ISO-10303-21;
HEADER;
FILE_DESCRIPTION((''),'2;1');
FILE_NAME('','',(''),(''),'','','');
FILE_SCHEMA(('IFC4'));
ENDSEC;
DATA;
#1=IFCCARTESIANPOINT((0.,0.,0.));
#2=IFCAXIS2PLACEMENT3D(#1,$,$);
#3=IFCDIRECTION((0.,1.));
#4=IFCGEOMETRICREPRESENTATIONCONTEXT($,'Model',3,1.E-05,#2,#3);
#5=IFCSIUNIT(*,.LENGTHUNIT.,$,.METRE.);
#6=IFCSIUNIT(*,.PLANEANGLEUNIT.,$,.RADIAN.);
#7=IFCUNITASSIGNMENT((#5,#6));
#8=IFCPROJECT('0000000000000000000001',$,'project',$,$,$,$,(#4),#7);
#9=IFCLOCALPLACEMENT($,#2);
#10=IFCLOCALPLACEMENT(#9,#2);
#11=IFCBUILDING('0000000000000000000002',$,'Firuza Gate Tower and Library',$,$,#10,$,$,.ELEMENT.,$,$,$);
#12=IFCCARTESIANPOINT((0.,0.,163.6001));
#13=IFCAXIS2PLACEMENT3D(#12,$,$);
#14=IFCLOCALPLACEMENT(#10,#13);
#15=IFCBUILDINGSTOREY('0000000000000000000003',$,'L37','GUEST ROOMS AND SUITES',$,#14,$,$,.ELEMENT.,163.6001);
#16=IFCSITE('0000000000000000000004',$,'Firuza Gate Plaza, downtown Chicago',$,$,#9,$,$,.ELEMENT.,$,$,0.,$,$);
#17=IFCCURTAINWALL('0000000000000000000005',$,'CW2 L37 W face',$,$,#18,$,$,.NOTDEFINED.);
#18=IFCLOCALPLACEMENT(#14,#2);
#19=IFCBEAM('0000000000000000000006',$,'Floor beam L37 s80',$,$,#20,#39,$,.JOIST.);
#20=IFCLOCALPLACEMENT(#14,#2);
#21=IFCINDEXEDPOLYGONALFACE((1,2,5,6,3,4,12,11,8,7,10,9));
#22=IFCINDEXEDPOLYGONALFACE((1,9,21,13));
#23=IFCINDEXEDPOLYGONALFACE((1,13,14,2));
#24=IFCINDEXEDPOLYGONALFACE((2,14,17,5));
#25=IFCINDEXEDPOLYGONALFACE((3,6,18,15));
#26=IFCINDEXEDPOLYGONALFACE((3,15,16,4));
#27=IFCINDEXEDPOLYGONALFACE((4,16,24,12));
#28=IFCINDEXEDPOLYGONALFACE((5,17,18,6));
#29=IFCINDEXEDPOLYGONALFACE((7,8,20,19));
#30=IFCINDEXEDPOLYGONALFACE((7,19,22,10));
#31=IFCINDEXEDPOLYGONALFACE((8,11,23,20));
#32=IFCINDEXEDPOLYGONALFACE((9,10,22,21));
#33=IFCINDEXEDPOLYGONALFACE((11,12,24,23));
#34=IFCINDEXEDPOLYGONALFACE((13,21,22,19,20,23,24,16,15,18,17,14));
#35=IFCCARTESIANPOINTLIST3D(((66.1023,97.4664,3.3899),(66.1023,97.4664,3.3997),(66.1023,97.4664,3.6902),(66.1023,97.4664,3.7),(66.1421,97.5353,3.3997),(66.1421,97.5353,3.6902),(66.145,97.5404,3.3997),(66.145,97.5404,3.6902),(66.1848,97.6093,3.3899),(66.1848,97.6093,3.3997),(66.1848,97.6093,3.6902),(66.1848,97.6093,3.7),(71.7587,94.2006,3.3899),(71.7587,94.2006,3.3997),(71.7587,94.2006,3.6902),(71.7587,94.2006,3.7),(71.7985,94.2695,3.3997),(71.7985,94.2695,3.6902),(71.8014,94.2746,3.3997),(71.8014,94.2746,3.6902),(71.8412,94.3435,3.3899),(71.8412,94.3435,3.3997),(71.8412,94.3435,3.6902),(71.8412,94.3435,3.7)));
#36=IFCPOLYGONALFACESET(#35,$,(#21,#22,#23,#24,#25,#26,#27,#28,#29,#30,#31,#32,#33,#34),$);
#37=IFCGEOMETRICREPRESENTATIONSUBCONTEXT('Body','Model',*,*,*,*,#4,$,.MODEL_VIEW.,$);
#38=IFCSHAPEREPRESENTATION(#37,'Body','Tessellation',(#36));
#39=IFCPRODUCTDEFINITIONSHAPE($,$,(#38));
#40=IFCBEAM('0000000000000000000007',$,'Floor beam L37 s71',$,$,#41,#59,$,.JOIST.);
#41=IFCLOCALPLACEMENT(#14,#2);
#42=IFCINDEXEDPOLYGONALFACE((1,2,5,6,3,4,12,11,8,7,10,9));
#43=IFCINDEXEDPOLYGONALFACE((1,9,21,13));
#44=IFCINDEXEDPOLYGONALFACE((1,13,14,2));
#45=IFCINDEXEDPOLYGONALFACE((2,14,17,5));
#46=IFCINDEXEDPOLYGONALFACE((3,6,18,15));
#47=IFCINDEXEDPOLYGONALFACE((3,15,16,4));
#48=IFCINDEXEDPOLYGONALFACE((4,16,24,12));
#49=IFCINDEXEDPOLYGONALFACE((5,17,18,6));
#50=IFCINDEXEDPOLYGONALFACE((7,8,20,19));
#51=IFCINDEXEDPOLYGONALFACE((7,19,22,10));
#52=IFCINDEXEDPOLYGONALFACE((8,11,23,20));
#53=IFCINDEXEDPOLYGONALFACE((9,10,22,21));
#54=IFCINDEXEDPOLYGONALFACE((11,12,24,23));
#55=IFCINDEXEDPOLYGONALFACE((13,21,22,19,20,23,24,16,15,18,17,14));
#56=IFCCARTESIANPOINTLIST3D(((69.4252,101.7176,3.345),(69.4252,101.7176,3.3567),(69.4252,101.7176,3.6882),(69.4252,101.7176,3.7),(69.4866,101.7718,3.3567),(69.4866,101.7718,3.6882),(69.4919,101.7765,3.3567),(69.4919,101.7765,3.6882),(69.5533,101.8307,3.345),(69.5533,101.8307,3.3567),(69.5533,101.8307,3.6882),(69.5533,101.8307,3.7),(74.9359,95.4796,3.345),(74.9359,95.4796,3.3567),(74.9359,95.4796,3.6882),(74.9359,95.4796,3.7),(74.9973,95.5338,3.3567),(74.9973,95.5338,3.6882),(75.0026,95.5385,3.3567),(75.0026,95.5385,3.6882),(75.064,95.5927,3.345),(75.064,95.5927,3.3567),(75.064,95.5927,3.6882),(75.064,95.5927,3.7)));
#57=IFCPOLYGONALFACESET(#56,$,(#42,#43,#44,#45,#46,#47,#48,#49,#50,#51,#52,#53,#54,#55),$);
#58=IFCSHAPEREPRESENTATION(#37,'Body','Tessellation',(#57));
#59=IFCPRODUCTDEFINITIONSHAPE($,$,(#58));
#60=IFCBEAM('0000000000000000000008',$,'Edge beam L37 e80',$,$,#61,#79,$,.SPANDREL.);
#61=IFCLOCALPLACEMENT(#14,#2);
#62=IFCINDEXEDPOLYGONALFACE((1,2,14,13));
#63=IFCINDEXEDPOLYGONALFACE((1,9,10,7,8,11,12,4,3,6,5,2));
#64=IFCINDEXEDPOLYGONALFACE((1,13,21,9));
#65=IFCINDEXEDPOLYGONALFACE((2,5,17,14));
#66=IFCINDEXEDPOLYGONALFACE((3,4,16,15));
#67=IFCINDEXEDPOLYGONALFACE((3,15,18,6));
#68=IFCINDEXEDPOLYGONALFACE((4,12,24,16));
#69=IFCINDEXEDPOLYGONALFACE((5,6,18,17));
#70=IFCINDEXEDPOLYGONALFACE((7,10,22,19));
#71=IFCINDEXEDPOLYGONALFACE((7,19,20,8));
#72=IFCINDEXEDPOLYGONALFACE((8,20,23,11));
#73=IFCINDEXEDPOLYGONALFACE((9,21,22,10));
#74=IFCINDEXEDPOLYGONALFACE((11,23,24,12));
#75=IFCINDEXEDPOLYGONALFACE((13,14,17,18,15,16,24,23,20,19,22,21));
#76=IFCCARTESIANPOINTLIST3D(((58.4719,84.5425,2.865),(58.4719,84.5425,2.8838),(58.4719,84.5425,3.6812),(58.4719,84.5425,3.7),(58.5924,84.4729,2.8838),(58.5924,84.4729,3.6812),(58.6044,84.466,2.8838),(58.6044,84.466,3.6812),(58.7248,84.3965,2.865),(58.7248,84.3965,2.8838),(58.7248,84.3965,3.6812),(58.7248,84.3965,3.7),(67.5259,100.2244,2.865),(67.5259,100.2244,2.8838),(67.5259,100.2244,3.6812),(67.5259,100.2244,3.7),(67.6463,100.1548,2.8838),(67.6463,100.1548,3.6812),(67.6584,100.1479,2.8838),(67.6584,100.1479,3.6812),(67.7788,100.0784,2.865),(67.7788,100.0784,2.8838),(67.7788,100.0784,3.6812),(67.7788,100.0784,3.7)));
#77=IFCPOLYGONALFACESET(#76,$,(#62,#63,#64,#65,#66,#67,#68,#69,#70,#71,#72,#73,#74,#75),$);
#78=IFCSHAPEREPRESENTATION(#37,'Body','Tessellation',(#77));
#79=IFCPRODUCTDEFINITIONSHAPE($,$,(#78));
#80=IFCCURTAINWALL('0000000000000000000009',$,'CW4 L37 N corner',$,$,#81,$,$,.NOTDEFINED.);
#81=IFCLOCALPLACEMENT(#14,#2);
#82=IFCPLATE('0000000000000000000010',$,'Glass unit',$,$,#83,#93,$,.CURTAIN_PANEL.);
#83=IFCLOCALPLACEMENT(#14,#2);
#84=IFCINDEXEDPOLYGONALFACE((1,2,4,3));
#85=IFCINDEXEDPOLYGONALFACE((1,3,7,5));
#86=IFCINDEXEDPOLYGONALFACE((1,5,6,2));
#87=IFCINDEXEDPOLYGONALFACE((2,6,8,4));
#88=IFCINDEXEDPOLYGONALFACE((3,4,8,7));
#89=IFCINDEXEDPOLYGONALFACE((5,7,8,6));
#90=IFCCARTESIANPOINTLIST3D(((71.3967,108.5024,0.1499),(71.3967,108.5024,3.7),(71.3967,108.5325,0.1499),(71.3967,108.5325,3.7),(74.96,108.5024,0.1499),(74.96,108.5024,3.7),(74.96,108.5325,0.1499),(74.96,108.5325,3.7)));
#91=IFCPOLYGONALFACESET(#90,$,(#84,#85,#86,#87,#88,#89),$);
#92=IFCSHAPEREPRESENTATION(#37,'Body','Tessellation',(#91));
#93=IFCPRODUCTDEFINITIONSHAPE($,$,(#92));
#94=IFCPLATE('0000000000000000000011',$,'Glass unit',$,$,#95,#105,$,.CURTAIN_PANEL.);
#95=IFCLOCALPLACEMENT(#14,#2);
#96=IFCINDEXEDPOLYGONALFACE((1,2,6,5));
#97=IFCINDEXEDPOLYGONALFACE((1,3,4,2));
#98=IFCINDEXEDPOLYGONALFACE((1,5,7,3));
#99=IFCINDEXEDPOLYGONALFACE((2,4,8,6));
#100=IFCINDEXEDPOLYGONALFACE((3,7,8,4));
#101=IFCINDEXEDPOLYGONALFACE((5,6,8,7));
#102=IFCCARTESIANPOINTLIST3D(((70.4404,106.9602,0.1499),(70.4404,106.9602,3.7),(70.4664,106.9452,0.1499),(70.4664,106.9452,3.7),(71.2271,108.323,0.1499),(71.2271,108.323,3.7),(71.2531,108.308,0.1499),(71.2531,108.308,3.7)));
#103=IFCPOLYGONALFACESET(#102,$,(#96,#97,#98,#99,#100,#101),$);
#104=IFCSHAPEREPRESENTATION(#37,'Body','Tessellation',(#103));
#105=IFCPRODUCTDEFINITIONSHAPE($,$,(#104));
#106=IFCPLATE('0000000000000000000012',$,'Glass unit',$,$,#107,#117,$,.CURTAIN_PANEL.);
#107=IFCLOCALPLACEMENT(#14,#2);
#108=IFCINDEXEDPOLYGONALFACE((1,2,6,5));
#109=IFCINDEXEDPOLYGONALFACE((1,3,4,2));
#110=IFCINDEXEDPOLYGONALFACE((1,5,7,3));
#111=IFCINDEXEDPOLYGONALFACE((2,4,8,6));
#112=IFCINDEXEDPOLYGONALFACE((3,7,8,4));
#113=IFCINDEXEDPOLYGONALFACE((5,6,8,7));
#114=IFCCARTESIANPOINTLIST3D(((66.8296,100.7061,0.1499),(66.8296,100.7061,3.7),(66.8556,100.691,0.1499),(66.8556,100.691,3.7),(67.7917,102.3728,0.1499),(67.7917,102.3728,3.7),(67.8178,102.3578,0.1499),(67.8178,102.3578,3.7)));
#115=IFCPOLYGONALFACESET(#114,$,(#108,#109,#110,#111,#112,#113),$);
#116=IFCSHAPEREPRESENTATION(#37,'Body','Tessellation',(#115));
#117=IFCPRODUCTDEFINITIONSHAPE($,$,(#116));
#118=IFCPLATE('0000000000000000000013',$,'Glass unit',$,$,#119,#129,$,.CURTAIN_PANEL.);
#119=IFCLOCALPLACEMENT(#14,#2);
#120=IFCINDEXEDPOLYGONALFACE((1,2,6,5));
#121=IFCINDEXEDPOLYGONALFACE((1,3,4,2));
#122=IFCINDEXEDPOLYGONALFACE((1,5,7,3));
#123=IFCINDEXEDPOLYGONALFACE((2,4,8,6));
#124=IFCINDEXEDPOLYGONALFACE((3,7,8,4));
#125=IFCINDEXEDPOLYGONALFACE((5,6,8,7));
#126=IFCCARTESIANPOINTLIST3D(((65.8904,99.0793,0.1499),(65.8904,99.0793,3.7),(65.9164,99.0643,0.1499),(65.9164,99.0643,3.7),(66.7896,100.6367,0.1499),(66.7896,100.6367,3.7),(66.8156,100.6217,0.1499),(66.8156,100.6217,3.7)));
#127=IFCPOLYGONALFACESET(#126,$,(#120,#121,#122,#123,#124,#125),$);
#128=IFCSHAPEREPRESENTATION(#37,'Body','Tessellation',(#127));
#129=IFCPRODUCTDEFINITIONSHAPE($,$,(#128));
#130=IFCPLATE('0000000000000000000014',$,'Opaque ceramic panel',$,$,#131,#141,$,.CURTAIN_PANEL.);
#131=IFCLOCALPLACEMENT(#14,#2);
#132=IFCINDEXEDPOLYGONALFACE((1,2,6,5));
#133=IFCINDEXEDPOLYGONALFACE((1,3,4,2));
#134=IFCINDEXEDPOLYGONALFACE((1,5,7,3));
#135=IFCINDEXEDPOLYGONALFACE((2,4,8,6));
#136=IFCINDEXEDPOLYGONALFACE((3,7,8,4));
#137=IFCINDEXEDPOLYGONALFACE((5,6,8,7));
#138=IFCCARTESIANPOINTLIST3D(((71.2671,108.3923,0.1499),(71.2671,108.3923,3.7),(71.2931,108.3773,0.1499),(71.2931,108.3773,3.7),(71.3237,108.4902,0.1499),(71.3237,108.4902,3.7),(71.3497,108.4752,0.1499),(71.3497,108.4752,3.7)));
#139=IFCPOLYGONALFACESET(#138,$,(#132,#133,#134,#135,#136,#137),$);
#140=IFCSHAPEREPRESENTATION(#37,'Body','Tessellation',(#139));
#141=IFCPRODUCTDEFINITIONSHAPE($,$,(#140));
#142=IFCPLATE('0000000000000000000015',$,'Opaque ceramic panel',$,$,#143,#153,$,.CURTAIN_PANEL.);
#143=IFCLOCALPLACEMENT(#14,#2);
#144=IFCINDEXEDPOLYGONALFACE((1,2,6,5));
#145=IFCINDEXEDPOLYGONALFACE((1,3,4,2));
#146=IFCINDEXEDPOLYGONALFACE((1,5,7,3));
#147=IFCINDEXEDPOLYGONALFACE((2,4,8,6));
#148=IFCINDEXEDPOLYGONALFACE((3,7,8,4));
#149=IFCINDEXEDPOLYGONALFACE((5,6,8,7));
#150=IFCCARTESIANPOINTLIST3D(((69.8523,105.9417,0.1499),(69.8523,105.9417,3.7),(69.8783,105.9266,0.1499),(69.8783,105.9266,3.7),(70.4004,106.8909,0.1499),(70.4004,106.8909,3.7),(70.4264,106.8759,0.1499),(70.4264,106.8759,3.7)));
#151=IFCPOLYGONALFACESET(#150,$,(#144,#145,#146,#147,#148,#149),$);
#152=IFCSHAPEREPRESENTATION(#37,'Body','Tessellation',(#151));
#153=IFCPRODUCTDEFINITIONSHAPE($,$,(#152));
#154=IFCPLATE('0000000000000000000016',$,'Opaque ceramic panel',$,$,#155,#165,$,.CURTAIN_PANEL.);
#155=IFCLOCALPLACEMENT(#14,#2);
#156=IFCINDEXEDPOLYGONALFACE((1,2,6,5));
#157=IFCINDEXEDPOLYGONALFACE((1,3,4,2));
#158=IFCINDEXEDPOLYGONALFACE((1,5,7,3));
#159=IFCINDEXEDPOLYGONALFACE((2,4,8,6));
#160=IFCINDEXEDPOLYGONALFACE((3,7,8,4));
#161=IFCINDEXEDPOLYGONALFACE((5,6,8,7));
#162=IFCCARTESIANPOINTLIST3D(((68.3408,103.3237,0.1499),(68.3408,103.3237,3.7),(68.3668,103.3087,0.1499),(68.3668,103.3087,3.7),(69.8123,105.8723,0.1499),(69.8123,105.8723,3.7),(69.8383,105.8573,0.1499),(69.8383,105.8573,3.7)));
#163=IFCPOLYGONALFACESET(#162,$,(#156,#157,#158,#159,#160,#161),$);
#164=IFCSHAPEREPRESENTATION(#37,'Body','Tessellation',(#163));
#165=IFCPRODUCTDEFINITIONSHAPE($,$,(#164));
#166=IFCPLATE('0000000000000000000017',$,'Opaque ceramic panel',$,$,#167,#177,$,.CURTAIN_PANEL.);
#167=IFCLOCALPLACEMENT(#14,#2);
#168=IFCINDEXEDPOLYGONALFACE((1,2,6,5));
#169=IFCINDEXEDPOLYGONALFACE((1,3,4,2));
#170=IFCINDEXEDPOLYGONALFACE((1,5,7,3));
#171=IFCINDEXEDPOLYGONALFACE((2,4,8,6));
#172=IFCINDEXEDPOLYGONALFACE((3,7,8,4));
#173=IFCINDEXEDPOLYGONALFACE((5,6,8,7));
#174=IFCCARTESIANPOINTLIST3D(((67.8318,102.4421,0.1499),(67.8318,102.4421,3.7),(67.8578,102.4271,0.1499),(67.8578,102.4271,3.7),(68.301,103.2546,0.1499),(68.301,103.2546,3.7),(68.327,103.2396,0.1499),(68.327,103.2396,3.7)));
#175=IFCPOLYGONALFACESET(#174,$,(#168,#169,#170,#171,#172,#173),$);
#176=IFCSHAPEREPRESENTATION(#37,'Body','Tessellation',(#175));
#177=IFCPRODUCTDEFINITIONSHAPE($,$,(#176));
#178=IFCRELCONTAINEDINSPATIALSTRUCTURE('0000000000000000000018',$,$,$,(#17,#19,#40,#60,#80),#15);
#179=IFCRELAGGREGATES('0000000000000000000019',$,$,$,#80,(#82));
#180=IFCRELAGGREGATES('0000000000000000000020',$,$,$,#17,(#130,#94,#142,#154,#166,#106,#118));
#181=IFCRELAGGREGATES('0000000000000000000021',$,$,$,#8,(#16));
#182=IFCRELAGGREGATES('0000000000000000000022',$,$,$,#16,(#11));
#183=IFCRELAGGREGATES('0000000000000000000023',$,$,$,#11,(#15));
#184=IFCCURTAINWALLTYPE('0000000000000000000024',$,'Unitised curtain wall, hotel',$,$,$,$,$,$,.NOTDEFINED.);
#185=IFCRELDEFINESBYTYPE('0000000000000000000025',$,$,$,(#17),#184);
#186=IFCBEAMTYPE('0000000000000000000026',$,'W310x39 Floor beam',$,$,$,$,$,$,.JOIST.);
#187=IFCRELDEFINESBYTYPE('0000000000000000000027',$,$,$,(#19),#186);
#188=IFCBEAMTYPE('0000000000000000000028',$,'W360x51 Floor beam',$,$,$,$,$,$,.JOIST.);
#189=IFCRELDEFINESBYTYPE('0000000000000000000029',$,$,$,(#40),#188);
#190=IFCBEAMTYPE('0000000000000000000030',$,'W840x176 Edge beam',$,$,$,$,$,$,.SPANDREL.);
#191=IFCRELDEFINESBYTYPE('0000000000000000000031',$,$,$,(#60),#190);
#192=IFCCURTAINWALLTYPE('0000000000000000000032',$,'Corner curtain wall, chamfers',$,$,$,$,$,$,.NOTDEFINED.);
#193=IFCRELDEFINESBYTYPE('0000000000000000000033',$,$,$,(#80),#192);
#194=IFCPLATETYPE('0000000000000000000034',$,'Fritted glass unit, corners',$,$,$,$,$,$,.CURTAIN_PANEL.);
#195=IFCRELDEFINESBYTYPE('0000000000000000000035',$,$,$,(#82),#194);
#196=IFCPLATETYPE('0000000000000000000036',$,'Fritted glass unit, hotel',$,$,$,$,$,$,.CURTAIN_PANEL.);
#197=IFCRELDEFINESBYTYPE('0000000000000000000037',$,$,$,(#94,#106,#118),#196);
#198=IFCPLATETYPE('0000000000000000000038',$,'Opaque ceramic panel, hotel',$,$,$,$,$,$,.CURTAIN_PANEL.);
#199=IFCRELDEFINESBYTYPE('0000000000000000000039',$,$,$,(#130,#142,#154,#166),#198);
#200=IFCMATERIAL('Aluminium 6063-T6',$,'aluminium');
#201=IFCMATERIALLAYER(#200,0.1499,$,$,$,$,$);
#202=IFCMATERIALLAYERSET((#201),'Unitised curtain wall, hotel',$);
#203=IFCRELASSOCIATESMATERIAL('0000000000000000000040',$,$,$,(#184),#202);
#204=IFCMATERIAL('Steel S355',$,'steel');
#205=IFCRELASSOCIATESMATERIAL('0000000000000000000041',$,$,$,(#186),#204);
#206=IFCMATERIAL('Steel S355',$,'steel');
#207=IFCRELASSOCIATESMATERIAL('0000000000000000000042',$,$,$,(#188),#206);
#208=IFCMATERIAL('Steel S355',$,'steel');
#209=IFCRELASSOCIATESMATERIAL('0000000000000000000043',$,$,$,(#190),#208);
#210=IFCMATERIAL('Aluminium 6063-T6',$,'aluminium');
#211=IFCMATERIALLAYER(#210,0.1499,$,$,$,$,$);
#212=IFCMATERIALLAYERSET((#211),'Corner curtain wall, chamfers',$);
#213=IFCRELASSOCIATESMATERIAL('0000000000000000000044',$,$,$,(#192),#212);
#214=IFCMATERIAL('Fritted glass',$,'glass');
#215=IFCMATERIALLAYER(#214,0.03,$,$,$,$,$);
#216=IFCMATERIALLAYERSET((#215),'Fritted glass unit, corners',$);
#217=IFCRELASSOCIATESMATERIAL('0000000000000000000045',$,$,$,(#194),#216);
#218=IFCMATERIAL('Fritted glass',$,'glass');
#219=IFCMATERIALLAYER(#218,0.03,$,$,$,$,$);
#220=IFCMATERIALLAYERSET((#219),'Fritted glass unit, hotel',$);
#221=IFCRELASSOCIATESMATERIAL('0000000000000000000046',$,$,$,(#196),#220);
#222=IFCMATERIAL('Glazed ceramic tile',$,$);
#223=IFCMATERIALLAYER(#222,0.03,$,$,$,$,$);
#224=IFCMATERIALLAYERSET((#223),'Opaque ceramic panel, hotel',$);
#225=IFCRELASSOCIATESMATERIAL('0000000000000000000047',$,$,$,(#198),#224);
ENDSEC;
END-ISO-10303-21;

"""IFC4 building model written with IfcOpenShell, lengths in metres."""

from ifc_helpers import new_model, si_unit, direction, frame, origin, origin_2d, place, context, subcontext, project, spatial, polyline, i_section, outline, extrude, material, layer, layer_set, material_profile, profile_set, type_object, element, aggregate, save


model = new_model("IFC4")

# Units and contexts
model_context = context("Model", 3, precision=1e-05, world=origin(), true_north=direction((0.0, 1.0)))
body_context = subcontext(model_context, "Body", "Model", "MODEL_VIEW")
ifc_project = project(units=[si_unit("LENGTHUNIT", "METRE"), si_unit("PLANEANGLEUNIT", "RADIAN")], contexts=[model_context])

# Site, building, storey
site_placement = place(None, origin())
site = spatial("IfcSite", under=ifc_project, at=site_placement, Name="Firuza Gate Plaza, downtown Chicago", CompositionType="ELEMENT", RefElevation=0.0)
building_placement = place(site_placement, origin())
building = spatial("IfcBuilding", under=site, at=building_placement, Name="Firuza Gate Tower and Library", CompositionType="ELEMENT")
storey_placement = place(building_placement, frame((0.0, 0.0, 163.6001)))
storey = spatial("IfcBuildingStorey", under=building, at=storey_placement, Name="L37", Description="GUEST ROOMS AND SUITES", CompositionType="ELEMENT", Elevation=163.6001)

# Curtain wall
ifc_material_1 = material(Name="Aluminium 6063-T6", Category="aluminium")
ifc_layer_1 = layer(ifc_material_1, 0.1499)
ifc_layer_set_1 = layer_set([ifc_layer_1], Name="Unitised curtain wall, hotel")
curtain_wall_type_1 = type_object("IfcCurtainWallType", Name="Unitised curtain wall, hotel", PredefinedType="NOTDEFINED", material=ifc_layer_set_1)
placement = place(storey_placement, origin())
curtain_wall_1 = element("IfcCurtainWall", 1, at=placement, inside=storey, type_object=curtain_wall_type_1, Name="CW2 L37 W face", PredefinedType="NOTDEFINED")

# Beams
ifc_material_2 = material(Name="Steel S355", Category="steel")
ifc_material_profile_1 = material_profile(ifc_material_2, i_section(OverallWidth=0.165, OverallDepth=0.3101, WebThickness=0.0059, FlangeThickness=0.0098, at=origin_2d()))
ifc_profile_set_1 = profile_set([ifc_material_profile_1], Name="Steel S355")
beam_type_1 = type_object("IfcBeamType", Name="W310x39 Floor beam", PredefinedType="JOIST", material=ifc_profile_set_1)
beam_1_placement = place(storey_placement, frame((66.1436, 97.5378, 3.5449), z_axis=(0.866019, -0.50001, 0.0), x_axis=(0.50001, 0.866019, 0.0)))
element("IfcBeam", 2, at=beam_1_placement, inside=storey, type_object=beam_type_1, Name="Floor beam L37 s80", PredefinedType="JOIST", context=body_context, shape_type="SweptSolid", body=[
    extrude(i_section(OverallWidth=0.165, OverallDepth=0.3101, WebThickness=0.0059, FlangeThickness=0.0098, at=origin_2d()), origin(), (0.0, 0.0, 1.0), 6.5315),
])
ifc_material_3 = material(Name="Steel S355", Category="steel")
ifc_material_profile_2 = material_profile(ifc_material_3, i_section(OverallWidth=0.1709, OverallDepth=0.355, WebThickness=0.0071, FlangeThickness=0.0117, at=origin_2d()))
ifc_profile_set_2 = profile_set([ifc_material_profile_2], Name="Steel S355")
beam_type_2 = type_object("IfcBeamType", Name="W360x51 Floor beam", PredefinedType="JOIST", material=ifc_profile_set_2)
beam_2_placement = place(storey_placement, frame((69.4893, 101.7742, 3.5225), z_axis=(0.662067, -0.749445, 0.0), x_axis=(0.749445, 0.662067, 0.0)))
element("IfcBeam", 3, at=beam_2_placement, inside=storey, type_object=beam_type_2, Name="Floor beam L37 s71", PredefinedType="JOIST", context=body_context, shape_type="SweptSolid", body=[
    extrude(i_section(OverallWidth=0.1709, OverallDepth=0.355, WebThickness=0.0071, FlangeThickness=0.0117, at=origin_2d()), origin(), (0.0, 0.0, 1.0), 8.3235),
])
ifc_material_4 = material(Name="Steel S355", Category="steel")
ifc_material_profile_3 = material_profile(ifc_material_4, i_section(OverallWidth=0.292, OverallDepth=0.835, WebThickness=0.0139, FlangeThickness=0.0188, at=origin_2d()))
ifc_profile_set_3 = profile_set([ifc_material_profile_3], Name="Steel S355")
beam_type_3 = type_object("IfcBeamType", Name="W840x176 Edge beam", PredefinedType="SPANDREL", material=ifc_profile_set_3)
beam_3_placement = place(storey_placement, frame((67.6523, 100.1514, 3.2825), z_axis=(-0.500001, -0.866025, 0.0), x_axis=(0.866025, -0.500001, 0.0)))
element("IfcBeam", 4, at=beam_3_placement, inside=storey, type_object=beam_type_3, Name="Edge beam L37 e80", PredefinedType="SPANDREL", context=body_context, shape_type="SweptSolid", body=[
    extrude(i_section(OverallWidth=0.292, OverallDepth=0.835, WebThickness=0.0139, FlangeThickness=0.0188, at=origin_2d()), origin(), (0.0, 0.0, 1.0), 18.1079),
])

# Curtain wall, plate
ifc_material_5 = material(Name="Aluminium 6063-T6", Category="aluminium")
ifc_layer_2 = layer(ifc_material_5, 0.1499)
ifc_layer_set_2 = layer_set([ifc_layer_2], Name="Corner curtain wall, chamfers")
curtain_wall_type_2 = type_object("IfcCurtainWallType", Name="Corner curtain wall, chamfers", PredefinedType="NOTDEFINED", material=ifc_layer_set_2)
curtain_wall_2 = element("IfcCurtainWall", 5, at=placement, inside=storey, type_object=curtain_wall_type_2, Name="CW4 L37 N corner", PredefinedType="NOTDEFINED")
ifc_material_6 = material(Name="Fritted glass", Category="glass")
ifc_layer_3 = layer(ifc_material_6, 0.03)
ifc_layer_set_3 = layer_set([ifc_layer_3], Name="Fritted glass unit, corners")
plate_type_1 = type_object("IfcPlateType", Name="Fritted glass unit, corners", PredefinedType="CURTAIN_PANEL", material=ifc_layer_set_3)
plate_1_placement = place(storey_placement, frame((74.96, 108.5325, 0.1499), z_axis=(0.0, 1.0, 0.0), x_axis=(-1.0, 0.0, 0.0)))
plate_1 = element("IfcPlate", 6, at=plate_1_placement, type_object=plate_type_1, Name="Glass unit", PredefinedType="CURTAIN_PANEL", context=body_context, shape_type="SweptSolid", body=[
    extrude(outline(polyline([(0.0, 0.0), (3.5632, 0.0), (3.5632, 3.55), (0.0, 3.55), (0.0, 0.0)])), origin(), (0.0, 0.0, -1.0), 0.03),
])
aggregate(curtain_wall_2, [plate_1])

# Plates
ifc_material_7 = material(Name="Fritted glass", Category="glass")
ifc_layer_4 = layer(ifc_material_7, 0.03)
ifc_layer_set_4 = layer_set([ifc_layer_4], Name="Fritted glass unit, hotel")
plate_type_2 = type_object("IfcPlateType", Name="Fritted glass unit, hotel", PredefinedType="CURTAIN_PANEL", material=ifc_layer_set_4)
plate_2_placement = place(storey_placement, frame((71.2271, 108.323, 0.1499), z_axis=(-0.866077, 0.49991, 0.0), x_axis=(-0.49991, -0.866077, 0.0)))
plate_2 = element("IfcPlate", 7, at=plate_2_placement, type_object=plate_type_2, Name="Glass unit", PredefinedType="CURTAIN_PANEL", context=body_context, shape_type="SweptSolid", body=[
    extrude(outline(polyline([(0.0, 0.0), (1.5735, 0.0), (1.5735, 3.55), (0.0, 3.55), (0.0, 0.0)])), origin(), (0.0, 0.0, -1.0), 0.03),
])
plate_3_placement = place(storey_placement, frame((67.7917, 102.3728, 0.1499), z_axis=(-0.866057, 0.499946, 0.0), x_axis=(-0.499946, -0.866057, 0.0)))
plate_3 = element("IfcPlate", 8, at=plate_3_placement, type_object=plate_type_2, Name="Glass unit", PredefinedType="CURTAIN_PANEL", context=body_context, shape_type="SweptSolid", body=[
    extrude(outline(polyline([(0.0, 0.0), (1.9245, 0.0), (1.9245, 3.55), (0.0, 3.55), (0.0, 0.0)])), origin(), (0.0, 0.0, -1.0), 0.03),
])
plate_4_placement = place(storey_placement, frame((66.7896, 100.6367, 0.1499), z_axis=(-0.866021, 0.500008, 0.0), x_axis=(-0.500008, -0.866021, 0.0)))
plate_4 = element("IfcPlate", 9, at=plate_4_placement, type_object=plate_type_2, Name="Glass unit", PredefinedType="CURTAIN_PANEL", context=body_context, shape_type="SweptSolid", body=[
    extrude(outline(polyline([(0.0, 0.0), (1.7983, 0.0), (1.7983, 3.55), (0.0, 3.55), (0.0, 0.0)])), origin(), (0.0, 0.0, -1.0), 0.03),
])
ifc_material_8 = material(Name="Glazed ceramic tile")
ifc_layer_5 = layer(ifc_material_8, 0.03)
ifc_layer_set_5 = layer_set([ifc_layer_5], Name="Opaque ceramic panel, hotel")
plate_type_3 = type_object("IfcPlateType", Name="Opaque ceramic panel, hotel", PredefinedType="CURTAIN_PANEL", material=ifc_layer_set_5)
plate_5_placement = place(storey_placement, frame((71.3237, 108.4902, 0.1499), z_axis=(-0.865574, 0.500781, 0.0), x_axis=(-0.500781, -0.865574, 0.0)))
plate_5 = element("IfcPlate", 10, at=plate_5_placement, type_object=plate_type_3, Name="Opaque ceramic panel", PredefinedType="CURTAIN_PANEL", context=body_context, shape_type="SweptSolid", body=[
    extrude(outline(polyline([(0.0, 0.0), (0.1131, 0.0), (0.1131, 3.55), (0.0, 3.55), (0.0, 0.0)])), origin(), (0.0, 0.0, -1.0), 0.03),
])
plate_6_placement = place(storey_placement, frame((70.4004, 106.8909, 0.1499), z_axis=(-0.866, 0.500044, 0.0), x_axis=(-0.500044, -0.866, 0.0)))
plate_6 = element("IfcPlate", 11, at=plate_6_placement, type_object=plate_type_3, Name="Opaque ceramic panel", PredefinedType="CURTAIN_PANEL", context=body_context, shape_type="SweptSolid", body=[
    extrude(outline(polyline([(0.0, 0.0), (1.0961, 0.0), (1.0961, 3.55), (0.0, 3.55), (0.0, 0.0)])), origin(), (0.0, 0.0, -1.0), 0.03),
])
plate_7_placement = place(storey_placement, frame((69.8123, 105.8723, 0.1499), z_axis=(-0.866024, 0.500003, 0.0), x_axis=(-0.500003, -0.866024, 0.0)))
plate_7 = element("IfcPlate", 12, at=plate_7_placement, type_object=plate_type_3, Name="Opaque ceramic panel", PredefinedType="CURTAIN_PANEL", context=body_context, shape_type="SweptSolid", body=[
    extrude(outline(polyline([(0.0, 0.0), (2.9429, 0.0), (2.9429, 3.55), (0.0, 3.55), (0.0, 0.0)])), origin(), (0.0, 0.0, -1.0), 0.03),
])
plate_8_placement = place(storey_placement, frame((68.301, 103.2546, 0.1499), z_axis=(-0.86596, 0.500113, 0.0), x_axis=(-0.500113, -0.86596, 0.0)))
plate_8 = element("IfcPlate", 13, at=plate_8_placement, type_object=plate_type_3, Name="Opaque ceramic panel", PredefinedType="CURTAIN_PANEL", context=body_context, shape_type="SweptSolid", body=[
    extrude(outline(polyline([(0.0, 0.0), (0.9383, 0.0), (0.9383, 3.55), (0.0, 3.55), (0.0, 0.0)])), origin(), (0.0, 0.0, -1.0), 0.03),
])
aggregate(curtain_wall_1, [plate_5, plate_2, plate_6, plate_7, plate_8, plate_3, plate_4])

save(model, "model.ifc")
